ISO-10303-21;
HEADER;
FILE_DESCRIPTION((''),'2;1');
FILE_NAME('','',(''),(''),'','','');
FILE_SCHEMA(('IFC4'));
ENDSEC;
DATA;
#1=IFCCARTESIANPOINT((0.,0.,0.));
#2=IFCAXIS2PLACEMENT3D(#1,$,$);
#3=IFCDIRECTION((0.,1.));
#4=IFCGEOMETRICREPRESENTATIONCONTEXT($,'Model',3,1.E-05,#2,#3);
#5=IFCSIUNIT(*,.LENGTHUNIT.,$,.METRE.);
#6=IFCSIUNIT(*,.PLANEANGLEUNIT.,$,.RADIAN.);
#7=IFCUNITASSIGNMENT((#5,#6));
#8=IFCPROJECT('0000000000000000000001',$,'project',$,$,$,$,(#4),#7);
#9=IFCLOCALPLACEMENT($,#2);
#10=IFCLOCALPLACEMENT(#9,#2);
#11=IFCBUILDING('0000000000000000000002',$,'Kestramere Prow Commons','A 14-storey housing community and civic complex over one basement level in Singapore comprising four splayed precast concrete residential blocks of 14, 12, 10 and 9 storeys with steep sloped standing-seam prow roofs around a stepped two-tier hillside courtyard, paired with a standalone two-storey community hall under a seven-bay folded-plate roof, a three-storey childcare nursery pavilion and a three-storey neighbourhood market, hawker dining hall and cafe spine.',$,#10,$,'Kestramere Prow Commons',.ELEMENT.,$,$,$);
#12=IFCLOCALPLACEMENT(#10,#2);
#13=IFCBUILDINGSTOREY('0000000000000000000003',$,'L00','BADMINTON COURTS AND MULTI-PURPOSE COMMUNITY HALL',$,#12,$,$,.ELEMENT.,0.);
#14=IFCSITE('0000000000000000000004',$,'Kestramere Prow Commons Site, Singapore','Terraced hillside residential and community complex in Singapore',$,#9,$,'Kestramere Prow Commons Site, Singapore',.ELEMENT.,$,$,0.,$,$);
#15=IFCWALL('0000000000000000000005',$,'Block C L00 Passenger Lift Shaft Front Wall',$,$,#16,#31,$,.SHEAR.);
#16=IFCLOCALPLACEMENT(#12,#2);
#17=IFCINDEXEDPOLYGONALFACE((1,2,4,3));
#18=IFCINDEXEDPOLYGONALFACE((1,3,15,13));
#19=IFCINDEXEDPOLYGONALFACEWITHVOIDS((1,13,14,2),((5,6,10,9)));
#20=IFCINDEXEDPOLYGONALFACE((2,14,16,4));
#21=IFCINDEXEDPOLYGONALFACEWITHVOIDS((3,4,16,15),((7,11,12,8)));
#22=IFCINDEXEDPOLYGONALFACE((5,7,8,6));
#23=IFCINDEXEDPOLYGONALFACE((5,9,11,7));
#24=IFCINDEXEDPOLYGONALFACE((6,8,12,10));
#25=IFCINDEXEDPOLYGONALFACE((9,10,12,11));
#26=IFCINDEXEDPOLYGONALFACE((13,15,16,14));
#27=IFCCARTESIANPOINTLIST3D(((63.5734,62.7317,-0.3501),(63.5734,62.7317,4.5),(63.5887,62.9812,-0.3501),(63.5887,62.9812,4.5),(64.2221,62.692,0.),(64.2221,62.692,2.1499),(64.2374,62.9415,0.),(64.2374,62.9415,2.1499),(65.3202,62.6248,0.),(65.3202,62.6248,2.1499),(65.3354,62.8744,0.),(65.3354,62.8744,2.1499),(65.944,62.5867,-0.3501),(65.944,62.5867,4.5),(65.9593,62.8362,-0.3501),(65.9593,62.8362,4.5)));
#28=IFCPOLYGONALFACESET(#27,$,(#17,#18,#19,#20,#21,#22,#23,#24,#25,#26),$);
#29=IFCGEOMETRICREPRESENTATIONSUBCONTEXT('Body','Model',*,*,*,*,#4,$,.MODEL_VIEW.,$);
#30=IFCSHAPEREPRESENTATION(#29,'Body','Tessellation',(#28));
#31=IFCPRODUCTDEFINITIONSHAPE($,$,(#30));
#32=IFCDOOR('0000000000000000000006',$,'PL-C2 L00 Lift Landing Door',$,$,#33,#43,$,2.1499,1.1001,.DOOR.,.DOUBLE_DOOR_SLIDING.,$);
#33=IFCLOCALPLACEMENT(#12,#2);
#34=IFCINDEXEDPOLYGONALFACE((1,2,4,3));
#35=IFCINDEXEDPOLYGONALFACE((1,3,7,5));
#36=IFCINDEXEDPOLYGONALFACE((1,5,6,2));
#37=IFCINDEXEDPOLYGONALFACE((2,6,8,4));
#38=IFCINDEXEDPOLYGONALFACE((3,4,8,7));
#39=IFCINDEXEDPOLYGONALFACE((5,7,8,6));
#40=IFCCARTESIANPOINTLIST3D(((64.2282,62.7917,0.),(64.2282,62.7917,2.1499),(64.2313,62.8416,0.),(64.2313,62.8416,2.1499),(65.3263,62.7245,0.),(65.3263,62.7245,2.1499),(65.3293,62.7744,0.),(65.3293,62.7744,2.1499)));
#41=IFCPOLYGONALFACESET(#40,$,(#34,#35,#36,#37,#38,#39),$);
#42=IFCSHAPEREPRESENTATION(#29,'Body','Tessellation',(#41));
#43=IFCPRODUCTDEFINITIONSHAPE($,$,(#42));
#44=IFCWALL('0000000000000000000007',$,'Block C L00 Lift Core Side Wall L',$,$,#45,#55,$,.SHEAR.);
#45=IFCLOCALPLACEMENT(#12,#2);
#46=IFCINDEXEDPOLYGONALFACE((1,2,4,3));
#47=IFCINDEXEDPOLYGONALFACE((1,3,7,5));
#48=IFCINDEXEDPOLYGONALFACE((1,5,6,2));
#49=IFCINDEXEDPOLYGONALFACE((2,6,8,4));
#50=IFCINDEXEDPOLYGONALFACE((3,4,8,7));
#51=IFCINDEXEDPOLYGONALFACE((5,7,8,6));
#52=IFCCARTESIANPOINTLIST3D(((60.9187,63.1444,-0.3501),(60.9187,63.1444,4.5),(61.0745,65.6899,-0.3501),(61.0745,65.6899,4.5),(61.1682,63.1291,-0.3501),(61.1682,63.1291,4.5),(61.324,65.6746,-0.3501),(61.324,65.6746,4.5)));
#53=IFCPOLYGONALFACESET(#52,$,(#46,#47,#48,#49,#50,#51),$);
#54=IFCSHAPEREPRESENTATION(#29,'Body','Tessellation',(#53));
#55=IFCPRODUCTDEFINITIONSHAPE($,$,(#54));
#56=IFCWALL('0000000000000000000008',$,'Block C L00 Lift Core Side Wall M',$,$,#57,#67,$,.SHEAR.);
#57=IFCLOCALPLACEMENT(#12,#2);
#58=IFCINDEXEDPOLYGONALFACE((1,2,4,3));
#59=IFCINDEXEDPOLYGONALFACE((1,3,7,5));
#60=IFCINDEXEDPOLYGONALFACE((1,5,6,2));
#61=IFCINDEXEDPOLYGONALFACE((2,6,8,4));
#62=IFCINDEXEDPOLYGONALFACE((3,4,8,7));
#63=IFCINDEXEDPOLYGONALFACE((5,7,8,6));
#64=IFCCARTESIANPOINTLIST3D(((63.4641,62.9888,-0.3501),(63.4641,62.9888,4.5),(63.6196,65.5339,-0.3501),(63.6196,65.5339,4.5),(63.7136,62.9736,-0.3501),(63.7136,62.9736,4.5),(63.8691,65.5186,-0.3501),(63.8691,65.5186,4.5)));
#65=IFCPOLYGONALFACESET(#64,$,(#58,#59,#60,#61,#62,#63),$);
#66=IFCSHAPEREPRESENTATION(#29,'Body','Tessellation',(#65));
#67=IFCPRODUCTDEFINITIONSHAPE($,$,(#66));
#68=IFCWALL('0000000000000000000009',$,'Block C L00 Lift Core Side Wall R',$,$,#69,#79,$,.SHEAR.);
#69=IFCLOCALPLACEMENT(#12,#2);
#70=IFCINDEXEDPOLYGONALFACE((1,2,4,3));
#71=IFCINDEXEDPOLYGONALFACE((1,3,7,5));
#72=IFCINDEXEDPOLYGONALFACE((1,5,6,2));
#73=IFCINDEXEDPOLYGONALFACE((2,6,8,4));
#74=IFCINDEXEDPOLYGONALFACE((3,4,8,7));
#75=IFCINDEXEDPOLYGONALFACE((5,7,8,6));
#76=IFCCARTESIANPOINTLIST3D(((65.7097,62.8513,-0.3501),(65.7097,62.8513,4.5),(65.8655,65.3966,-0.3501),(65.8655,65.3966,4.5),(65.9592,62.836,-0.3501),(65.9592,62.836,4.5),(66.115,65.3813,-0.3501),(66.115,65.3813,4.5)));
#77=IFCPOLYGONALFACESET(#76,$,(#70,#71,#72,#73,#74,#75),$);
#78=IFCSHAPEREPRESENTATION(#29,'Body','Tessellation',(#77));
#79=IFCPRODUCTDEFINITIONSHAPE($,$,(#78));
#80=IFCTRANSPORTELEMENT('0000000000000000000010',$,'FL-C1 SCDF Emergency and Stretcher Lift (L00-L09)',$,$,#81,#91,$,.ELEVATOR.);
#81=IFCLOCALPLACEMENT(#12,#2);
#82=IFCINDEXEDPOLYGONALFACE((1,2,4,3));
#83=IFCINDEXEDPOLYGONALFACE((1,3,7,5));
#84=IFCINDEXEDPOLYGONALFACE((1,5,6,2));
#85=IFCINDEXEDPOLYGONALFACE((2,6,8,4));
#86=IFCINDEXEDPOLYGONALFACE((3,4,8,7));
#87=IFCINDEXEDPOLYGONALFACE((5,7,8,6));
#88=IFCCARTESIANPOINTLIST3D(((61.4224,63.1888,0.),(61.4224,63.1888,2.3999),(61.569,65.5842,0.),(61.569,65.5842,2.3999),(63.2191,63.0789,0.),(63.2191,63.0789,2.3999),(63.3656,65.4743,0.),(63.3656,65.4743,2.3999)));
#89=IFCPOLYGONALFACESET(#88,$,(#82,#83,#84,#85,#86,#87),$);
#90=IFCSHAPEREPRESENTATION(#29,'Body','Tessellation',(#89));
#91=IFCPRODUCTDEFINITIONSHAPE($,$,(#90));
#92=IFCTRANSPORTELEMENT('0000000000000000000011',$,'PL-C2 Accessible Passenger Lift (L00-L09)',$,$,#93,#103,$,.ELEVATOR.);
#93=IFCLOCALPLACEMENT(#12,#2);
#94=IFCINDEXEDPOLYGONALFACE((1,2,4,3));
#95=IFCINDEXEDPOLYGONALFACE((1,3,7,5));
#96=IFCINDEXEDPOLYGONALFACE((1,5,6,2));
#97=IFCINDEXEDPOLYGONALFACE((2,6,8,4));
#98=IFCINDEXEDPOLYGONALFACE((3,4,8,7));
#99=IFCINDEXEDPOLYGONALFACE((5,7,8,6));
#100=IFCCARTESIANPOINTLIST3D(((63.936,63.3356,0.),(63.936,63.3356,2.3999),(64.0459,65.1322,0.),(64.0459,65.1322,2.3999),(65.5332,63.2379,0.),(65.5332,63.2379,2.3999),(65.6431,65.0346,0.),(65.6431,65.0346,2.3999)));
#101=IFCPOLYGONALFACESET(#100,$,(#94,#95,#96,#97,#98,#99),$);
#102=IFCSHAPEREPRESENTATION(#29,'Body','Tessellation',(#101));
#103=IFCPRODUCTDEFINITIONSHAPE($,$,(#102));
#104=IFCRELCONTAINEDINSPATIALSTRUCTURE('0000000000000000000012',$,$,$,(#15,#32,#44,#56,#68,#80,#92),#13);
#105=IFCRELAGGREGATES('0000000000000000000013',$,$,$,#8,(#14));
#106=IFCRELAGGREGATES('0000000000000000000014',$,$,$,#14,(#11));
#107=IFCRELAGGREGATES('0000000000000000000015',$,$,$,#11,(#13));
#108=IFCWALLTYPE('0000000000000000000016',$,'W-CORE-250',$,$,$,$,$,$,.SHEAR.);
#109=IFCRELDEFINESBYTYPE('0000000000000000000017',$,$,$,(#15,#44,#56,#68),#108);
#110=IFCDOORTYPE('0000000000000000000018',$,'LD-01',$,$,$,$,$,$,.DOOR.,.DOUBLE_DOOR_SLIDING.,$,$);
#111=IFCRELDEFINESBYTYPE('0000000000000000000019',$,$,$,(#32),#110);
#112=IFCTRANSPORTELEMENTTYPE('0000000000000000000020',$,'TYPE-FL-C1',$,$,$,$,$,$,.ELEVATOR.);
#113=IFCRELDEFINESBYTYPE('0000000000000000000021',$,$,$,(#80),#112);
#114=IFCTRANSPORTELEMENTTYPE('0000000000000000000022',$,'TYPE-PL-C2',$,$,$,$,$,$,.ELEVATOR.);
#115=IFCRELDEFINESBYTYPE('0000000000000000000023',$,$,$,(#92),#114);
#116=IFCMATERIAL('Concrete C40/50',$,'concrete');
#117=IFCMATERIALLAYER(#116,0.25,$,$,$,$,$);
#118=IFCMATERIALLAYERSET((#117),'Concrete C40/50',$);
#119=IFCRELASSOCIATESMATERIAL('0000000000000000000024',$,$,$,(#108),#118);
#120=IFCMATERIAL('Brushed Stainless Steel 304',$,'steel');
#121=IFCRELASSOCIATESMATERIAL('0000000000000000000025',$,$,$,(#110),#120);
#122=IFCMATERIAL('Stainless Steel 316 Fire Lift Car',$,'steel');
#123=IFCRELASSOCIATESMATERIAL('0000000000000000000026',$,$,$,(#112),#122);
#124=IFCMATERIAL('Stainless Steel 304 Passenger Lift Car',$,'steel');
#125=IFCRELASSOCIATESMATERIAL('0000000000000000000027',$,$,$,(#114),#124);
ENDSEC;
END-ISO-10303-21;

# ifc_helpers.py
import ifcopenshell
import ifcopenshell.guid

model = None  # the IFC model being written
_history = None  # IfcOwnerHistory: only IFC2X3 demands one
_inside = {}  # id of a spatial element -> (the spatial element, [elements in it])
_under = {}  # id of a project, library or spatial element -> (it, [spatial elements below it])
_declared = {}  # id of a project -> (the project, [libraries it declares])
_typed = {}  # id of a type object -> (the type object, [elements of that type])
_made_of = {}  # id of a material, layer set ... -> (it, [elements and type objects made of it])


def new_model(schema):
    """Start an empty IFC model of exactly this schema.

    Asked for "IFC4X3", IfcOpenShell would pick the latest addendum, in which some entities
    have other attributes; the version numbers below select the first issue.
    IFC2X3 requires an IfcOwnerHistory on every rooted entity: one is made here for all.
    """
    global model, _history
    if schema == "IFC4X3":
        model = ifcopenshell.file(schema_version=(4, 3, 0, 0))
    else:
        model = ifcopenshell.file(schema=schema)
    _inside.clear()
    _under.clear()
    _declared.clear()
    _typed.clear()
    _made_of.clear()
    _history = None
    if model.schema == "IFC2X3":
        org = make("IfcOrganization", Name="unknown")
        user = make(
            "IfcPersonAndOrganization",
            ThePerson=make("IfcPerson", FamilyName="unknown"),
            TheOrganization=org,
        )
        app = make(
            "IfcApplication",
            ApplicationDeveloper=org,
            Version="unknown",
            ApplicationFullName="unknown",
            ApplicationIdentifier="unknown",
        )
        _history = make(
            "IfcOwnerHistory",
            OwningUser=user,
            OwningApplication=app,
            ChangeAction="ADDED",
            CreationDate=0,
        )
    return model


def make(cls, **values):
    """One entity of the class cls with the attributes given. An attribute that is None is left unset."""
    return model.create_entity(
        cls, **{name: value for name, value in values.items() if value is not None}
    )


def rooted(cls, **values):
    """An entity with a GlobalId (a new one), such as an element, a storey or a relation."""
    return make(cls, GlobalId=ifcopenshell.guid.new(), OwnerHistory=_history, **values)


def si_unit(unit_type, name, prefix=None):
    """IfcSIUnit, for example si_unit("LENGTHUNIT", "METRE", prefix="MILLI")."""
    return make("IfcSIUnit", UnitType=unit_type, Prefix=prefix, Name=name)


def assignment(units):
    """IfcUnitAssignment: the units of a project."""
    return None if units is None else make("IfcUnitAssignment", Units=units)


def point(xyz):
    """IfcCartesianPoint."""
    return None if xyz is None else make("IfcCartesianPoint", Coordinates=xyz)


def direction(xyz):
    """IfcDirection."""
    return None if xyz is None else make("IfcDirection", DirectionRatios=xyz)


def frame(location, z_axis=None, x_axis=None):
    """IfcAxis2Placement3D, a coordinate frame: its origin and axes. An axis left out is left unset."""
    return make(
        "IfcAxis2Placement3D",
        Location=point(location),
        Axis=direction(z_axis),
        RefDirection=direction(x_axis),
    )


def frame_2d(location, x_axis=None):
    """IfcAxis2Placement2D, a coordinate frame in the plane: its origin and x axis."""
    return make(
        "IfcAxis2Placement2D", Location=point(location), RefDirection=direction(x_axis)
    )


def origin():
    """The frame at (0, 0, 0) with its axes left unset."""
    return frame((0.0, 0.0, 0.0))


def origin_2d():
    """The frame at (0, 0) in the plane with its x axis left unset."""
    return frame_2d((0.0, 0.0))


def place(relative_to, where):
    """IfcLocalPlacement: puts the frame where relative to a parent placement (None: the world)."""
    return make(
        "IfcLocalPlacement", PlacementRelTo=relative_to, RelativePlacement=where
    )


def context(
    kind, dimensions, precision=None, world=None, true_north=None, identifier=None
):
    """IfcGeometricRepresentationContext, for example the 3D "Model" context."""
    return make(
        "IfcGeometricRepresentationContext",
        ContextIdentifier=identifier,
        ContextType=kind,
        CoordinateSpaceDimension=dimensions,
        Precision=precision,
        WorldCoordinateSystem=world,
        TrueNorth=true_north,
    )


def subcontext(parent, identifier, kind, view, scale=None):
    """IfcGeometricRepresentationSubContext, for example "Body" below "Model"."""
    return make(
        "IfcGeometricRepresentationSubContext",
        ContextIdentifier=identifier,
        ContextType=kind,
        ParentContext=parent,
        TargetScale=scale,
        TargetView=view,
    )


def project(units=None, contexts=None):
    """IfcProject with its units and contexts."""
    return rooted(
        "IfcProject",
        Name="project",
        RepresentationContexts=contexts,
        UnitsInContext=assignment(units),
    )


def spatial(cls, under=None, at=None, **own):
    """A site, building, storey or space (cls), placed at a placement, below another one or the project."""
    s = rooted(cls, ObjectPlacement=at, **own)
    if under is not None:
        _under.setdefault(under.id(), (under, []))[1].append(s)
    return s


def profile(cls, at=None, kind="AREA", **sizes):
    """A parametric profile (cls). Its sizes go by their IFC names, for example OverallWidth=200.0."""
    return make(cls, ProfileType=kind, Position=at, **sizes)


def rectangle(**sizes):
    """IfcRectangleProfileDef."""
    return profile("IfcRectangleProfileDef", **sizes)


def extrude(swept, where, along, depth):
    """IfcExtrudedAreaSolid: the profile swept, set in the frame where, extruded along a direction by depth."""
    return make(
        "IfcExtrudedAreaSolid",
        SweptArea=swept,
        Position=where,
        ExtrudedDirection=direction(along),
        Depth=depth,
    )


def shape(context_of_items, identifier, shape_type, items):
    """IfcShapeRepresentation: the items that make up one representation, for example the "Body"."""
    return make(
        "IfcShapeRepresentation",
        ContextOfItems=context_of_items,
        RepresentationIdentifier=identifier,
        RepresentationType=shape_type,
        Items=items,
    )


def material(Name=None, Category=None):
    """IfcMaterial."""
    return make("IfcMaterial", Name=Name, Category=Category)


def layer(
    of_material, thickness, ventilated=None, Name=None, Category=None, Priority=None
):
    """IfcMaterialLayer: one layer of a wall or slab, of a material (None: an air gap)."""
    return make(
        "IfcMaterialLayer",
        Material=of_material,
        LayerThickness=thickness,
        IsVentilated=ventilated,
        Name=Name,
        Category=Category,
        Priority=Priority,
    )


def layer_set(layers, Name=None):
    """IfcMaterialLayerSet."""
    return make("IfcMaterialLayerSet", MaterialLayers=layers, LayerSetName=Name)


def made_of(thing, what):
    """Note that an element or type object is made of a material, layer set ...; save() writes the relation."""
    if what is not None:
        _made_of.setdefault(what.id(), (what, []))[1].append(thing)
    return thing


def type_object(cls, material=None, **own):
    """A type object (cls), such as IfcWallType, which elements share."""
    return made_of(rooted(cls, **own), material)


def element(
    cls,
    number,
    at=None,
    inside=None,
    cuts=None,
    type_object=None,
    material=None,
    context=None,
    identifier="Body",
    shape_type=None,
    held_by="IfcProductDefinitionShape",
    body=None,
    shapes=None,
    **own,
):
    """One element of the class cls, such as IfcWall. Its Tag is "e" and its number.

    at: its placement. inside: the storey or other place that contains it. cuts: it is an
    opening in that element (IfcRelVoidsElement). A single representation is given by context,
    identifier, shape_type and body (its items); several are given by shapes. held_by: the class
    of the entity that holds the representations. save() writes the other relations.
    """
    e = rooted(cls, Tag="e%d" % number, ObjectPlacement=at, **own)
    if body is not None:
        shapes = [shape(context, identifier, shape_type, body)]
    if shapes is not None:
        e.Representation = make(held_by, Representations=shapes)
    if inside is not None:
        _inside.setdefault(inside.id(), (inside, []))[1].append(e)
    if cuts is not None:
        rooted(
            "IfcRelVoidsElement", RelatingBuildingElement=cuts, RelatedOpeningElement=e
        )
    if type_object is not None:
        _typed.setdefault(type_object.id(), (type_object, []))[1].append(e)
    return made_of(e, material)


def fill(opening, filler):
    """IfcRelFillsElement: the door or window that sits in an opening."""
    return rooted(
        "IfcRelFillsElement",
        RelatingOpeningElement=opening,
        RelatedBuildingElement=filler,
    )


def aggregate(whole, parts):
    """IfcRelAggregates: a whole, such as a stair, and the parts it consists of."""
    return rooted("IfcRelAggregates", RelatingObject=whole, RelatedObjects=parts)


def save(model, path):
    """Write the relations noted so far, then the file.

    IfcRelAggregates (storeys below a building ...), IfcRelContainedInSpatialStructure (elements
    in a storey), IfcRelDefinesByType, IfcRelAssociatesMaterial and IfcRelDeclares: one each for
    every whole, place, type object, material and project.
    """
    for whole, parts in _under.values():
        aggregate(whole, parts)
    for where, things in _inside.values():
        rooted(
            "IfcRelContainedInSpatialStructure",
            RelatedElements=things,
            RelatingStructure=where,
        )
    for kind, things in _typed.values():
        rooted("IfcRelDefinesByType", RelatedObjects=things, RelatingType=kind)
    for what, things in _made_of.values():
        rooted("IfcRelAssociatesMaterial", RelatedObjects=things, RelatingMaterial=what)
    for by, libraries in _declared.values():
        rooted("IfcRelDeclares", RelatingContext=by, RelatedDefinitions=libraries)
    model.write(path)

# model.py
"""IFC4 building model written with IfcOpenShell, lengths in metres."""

from ifc_helpers import new_model, si_unit, direction, frame, frame_2d, origin, origin_2d, place, context, subcontext, project, spatial, rectangle, extrude, material, layer, layer_set, type_object, element, fill, save


model = new_model("IFC4")

# Units and contexts
model_context = context("Model", 3, precision=1e-05, world=origin(), true_north=direction((0.0, 1.0)))
body_context = subcontext(model_context, "Body", "Model", "MODEL_VIEW")
ifc_project = project(units=[si_unit("LENGTHUNIT", "METRE"), si_unit("PLANEANGLEUNIT", "RADIAN")], contexts=[model_context])

# Site, building, storey
site_placement = place(None, origin())
site = spatial("IfcSite", under=ifc_project, at=site_placement, Name="Kestramere Prow Commons Site, Singapore", Description="Terraced hillside residential and community complex in Singapore", LongName="Kestramere Prow Commons Site, Singapore", CompositionType="ELEMENT", RefElevation=0.0)
building_placement = place(site_placement, origin())
building = spatial("IfcBuilding", under=site, at=building_placement, Name="Kestramere Prow Commons", Description="A 14-storey housing community and civic complex over one basement level in Singapore comprising four splayed precast concrete residential blocks of 14, 12, 10 and 9 storeys with steep sloped standing-seam prow roofs around a stepped two-tier hillside courtyard, paired with a standalone two-storey community hall under a seven-bay folded-plate roof, a three-storey childcare nursery pavilion and a three-storey neighbourhood market, hawker dining hall and cafe spine.", LongName="Kestramere Prow Commons", CompositionType="ELEMENT")
storey_placement = place(building_placement, origin())
storey = spatial("IfcBuildingStorey", under=building, at=storey_placement, Name="L00", Description="BADMINTON COURTS AND MULTI-PURPOSE COMMUNITY HALL", CompositionType="ELEMENT", Elevation=0.0)

# Shared definitions
ifc_material_1 = material(Name="Concrete C40/50", Category="concrete")
ifc_layer_1 = layer(ifc_material_1, 0.25)
ifc_layer_set_1 = layer_set([ifc_layer_1], Name="Concrete C40/50")
wall_type_1 = type_object("IfcWallType", Name="W-CORE-250", PredefinedType="SHEAR", material=ifc_layer_set_1)

# Wall, opening, door
wall_1_placement = place(storey_placement, frame((63.5811, 62.8564, -0.3501), z_axis=(0.0, 0.0, 1.0), x_axis=(0.998134, -0.06106, 0.0)))
wall_1 = element("IfcWall", 1, at=wall_1_placement, inside=storey, type_object=wall_type_1, Name="Block C L00 Passenger Lift Shaft Front Wall", PredefinedType="SHEAR", context=body_context, shape_type="SweptSolid", body=[
    extrude(rectangle(XDim=2.375, YDim=0.25, at=frame_2d((1.1875, 0.0))), origin(), (0.0, 0.0, 1.0), 4.8501),
])
opening_1_placement = place(wall_1_placement, frame((0.6499, 0.0, 0.3501)))
opening_1 = element("IfcOpeningElement", 2, at=opening_1_placement, cuts=wall_1, PredefinedType="OPENING", context=body_context, shape_type="SweptSolid", body=[
    extrude(rectangle(XDim=1.1001, YDim=2.1499, at=frame_2d((0.55, 1.075))), frame((0.0, 0.1399, 0.0), z_axis=(0.0, -1.0, 0.0), x_axis=(1.0, 0.0, 0.0)), (0.0, 0.0, 1.0), 0.28),
])
ifc_material_2 = material(Name="Brushed Stainless Steel 304", Category="steel")
door_type_1 = type_object("IfcDoorType", Name="LD-01", OperationType="DOUBLE_DOOR_SLIDING", PredefinedType="DOOR", material=ifc_material_2)
door_1_placement = place(opening_1_placement, origin())
door_1 = element("IfcDoor", 3, at=door_1_placement, inside=storey, type_object=door_type_1, Name="PL-C2 L00 Lift Landing Door", OperationType="DOUBLE_DOOR_SLIDING", OverallHeight=2.1499, OverallWidth=1.1001, PredefinedType="DOOR", context=body_context, shape_type="SweptSolid", body=[
    extrude(rectangle(XDim=1.1001, YDim=2.1499, at=frame_2d((0.55, 1.075))), frame((0.0, 0.0249, 0.0), z_axis=(0.0, -1.0, 0.0), x_axis=(1.0, 0.0, 0.0)), (0.0, 0.0, 1.0), 0.05),
])
fill(opening_1, door_1)

# Walls
wall_2_placement = place(storey_placement, frame((61.0435, 63.1367, -0.3501), z_axis=(0.0, 0.0, 1.0), x_axis=(0.061079, 0.998133, 0.0)))
element("IfcWall", 4, at=wall_2_placement, inside=storey, type_object=wall_type_1, Name="Block C L00 Lift Core Side Wall L", PredefinedType="SHEAR", context=body_context, shape_type="SweptSolid", body=[
    extrude(rectangle(XDim=2.5503, YDim=0.25, at=frame_2d((1.2751, 0.0))), origin(), (0.0, 0.0, 1.0), 4.8501),
])
wall_3_placement = place(storey_placement, frame((63.5889, 62.9812, -0.3501), z_axis=(0.0, 0.0, 1.0), x_axis=(0.060989, 0.998138, 0.0)))
element("IfcWall", 5, at=wall_3_placement, inside=storey, type_object=wall_type_1, Name="Block C L00 Lift Core Side Wall M", PredefinedType="SHEAR", context=body_context, shape_type="SweptSolid", body=[
    extrude(rectangle(XDim=2.5498, YDim=0.25, at=frame_2d((1.2749, 0.0))), origin(), (0.0, 0.0, 1.0), 4.8501),
])
wall_4_placement = place(storey_placement, frame((65.8345, 62.8438, -0.3501), z_axis=(0.0, 0.0, 1.0), x_axis=(0.061085, 0.998133, 0.0)))
element("IfcWall", 6, at=wall_4_placement, inside=storey, type_object=wall_type_1, Name="Block C L00 Lift Core Side Wall R", PredefinedType="SHEAR", context=body_context, shape_type="SweptSolid", body=[
    extrude(rectangle(XDim=2.55, YDim=0.25, at=frame_2d((1.2749, 0.0))), origin(), (0.0, 0.0, 1.0), 4.8501),
])

# Transport elements
ifc_material_3 = material(Name="Stainless Steel 316 Fire Lift Car", Category="steel")
transport_element_type_1 = type_object("IfcTransportElementType", Name="TYPE-FL-C1", PredefinedType="ELEVATOR", material=ifc_material_3)
transport_element_1_placement = place(storey_placement, frame((62.394, 64.3315, 0.0), z_axis=(0.0, 0.0, 1.0), x_axis=(0.998135, -0.061049, 0.0)))
element("IfcTransportElement", 7, at=transport_element_1_placement, inside=storey, type_object=transport_element_type_1, Name="FL-C1 SCDF Emergency and Stretcher Lift (L00-L09)", PredefinedType="ELEVATOR", context=body_context, shape_type="SweptSolid", body=[
    extrude(rectangle(XDim=1.8, YDim=2.3999, at=origin_2d()), origin(), (0.0, 0.0, 1.0), 2.3999),
])
ifc_material_4 = material(Name="Stainless Steel 304 Passenger Lift Car", Category="steel")
transport_element_type_2 = type_object("IfcTransportElementType", Name="TYPE-PL-C2", PredefinedType="ELEVATOR", material=ifc_material_4)
transport_element_2_placement = place(storey_placement, frame((64.7896, 64.1851, 0.0), z_axis=(0.0, 0.0, 1.0), x_axis=(0.998135, -0.061049, 0.0)))
element("IfcTransportElement", 8, at=transport_element_2_placement, inside=storey, type_object=transport_element_type_2, Name="PL-C2 Accessible Passenger Lift (L00-L09)", PredefinedType="ELEVATOR", context=body_context, shape_type="SweptSolid", body=[
    extrude(rectangle(XDim=1.6001, YDim=1.8, at=origin_2d()), origin(), (0.0, 0.0, 1.0), 2.3999),
])

save(model, "model.ifc")
